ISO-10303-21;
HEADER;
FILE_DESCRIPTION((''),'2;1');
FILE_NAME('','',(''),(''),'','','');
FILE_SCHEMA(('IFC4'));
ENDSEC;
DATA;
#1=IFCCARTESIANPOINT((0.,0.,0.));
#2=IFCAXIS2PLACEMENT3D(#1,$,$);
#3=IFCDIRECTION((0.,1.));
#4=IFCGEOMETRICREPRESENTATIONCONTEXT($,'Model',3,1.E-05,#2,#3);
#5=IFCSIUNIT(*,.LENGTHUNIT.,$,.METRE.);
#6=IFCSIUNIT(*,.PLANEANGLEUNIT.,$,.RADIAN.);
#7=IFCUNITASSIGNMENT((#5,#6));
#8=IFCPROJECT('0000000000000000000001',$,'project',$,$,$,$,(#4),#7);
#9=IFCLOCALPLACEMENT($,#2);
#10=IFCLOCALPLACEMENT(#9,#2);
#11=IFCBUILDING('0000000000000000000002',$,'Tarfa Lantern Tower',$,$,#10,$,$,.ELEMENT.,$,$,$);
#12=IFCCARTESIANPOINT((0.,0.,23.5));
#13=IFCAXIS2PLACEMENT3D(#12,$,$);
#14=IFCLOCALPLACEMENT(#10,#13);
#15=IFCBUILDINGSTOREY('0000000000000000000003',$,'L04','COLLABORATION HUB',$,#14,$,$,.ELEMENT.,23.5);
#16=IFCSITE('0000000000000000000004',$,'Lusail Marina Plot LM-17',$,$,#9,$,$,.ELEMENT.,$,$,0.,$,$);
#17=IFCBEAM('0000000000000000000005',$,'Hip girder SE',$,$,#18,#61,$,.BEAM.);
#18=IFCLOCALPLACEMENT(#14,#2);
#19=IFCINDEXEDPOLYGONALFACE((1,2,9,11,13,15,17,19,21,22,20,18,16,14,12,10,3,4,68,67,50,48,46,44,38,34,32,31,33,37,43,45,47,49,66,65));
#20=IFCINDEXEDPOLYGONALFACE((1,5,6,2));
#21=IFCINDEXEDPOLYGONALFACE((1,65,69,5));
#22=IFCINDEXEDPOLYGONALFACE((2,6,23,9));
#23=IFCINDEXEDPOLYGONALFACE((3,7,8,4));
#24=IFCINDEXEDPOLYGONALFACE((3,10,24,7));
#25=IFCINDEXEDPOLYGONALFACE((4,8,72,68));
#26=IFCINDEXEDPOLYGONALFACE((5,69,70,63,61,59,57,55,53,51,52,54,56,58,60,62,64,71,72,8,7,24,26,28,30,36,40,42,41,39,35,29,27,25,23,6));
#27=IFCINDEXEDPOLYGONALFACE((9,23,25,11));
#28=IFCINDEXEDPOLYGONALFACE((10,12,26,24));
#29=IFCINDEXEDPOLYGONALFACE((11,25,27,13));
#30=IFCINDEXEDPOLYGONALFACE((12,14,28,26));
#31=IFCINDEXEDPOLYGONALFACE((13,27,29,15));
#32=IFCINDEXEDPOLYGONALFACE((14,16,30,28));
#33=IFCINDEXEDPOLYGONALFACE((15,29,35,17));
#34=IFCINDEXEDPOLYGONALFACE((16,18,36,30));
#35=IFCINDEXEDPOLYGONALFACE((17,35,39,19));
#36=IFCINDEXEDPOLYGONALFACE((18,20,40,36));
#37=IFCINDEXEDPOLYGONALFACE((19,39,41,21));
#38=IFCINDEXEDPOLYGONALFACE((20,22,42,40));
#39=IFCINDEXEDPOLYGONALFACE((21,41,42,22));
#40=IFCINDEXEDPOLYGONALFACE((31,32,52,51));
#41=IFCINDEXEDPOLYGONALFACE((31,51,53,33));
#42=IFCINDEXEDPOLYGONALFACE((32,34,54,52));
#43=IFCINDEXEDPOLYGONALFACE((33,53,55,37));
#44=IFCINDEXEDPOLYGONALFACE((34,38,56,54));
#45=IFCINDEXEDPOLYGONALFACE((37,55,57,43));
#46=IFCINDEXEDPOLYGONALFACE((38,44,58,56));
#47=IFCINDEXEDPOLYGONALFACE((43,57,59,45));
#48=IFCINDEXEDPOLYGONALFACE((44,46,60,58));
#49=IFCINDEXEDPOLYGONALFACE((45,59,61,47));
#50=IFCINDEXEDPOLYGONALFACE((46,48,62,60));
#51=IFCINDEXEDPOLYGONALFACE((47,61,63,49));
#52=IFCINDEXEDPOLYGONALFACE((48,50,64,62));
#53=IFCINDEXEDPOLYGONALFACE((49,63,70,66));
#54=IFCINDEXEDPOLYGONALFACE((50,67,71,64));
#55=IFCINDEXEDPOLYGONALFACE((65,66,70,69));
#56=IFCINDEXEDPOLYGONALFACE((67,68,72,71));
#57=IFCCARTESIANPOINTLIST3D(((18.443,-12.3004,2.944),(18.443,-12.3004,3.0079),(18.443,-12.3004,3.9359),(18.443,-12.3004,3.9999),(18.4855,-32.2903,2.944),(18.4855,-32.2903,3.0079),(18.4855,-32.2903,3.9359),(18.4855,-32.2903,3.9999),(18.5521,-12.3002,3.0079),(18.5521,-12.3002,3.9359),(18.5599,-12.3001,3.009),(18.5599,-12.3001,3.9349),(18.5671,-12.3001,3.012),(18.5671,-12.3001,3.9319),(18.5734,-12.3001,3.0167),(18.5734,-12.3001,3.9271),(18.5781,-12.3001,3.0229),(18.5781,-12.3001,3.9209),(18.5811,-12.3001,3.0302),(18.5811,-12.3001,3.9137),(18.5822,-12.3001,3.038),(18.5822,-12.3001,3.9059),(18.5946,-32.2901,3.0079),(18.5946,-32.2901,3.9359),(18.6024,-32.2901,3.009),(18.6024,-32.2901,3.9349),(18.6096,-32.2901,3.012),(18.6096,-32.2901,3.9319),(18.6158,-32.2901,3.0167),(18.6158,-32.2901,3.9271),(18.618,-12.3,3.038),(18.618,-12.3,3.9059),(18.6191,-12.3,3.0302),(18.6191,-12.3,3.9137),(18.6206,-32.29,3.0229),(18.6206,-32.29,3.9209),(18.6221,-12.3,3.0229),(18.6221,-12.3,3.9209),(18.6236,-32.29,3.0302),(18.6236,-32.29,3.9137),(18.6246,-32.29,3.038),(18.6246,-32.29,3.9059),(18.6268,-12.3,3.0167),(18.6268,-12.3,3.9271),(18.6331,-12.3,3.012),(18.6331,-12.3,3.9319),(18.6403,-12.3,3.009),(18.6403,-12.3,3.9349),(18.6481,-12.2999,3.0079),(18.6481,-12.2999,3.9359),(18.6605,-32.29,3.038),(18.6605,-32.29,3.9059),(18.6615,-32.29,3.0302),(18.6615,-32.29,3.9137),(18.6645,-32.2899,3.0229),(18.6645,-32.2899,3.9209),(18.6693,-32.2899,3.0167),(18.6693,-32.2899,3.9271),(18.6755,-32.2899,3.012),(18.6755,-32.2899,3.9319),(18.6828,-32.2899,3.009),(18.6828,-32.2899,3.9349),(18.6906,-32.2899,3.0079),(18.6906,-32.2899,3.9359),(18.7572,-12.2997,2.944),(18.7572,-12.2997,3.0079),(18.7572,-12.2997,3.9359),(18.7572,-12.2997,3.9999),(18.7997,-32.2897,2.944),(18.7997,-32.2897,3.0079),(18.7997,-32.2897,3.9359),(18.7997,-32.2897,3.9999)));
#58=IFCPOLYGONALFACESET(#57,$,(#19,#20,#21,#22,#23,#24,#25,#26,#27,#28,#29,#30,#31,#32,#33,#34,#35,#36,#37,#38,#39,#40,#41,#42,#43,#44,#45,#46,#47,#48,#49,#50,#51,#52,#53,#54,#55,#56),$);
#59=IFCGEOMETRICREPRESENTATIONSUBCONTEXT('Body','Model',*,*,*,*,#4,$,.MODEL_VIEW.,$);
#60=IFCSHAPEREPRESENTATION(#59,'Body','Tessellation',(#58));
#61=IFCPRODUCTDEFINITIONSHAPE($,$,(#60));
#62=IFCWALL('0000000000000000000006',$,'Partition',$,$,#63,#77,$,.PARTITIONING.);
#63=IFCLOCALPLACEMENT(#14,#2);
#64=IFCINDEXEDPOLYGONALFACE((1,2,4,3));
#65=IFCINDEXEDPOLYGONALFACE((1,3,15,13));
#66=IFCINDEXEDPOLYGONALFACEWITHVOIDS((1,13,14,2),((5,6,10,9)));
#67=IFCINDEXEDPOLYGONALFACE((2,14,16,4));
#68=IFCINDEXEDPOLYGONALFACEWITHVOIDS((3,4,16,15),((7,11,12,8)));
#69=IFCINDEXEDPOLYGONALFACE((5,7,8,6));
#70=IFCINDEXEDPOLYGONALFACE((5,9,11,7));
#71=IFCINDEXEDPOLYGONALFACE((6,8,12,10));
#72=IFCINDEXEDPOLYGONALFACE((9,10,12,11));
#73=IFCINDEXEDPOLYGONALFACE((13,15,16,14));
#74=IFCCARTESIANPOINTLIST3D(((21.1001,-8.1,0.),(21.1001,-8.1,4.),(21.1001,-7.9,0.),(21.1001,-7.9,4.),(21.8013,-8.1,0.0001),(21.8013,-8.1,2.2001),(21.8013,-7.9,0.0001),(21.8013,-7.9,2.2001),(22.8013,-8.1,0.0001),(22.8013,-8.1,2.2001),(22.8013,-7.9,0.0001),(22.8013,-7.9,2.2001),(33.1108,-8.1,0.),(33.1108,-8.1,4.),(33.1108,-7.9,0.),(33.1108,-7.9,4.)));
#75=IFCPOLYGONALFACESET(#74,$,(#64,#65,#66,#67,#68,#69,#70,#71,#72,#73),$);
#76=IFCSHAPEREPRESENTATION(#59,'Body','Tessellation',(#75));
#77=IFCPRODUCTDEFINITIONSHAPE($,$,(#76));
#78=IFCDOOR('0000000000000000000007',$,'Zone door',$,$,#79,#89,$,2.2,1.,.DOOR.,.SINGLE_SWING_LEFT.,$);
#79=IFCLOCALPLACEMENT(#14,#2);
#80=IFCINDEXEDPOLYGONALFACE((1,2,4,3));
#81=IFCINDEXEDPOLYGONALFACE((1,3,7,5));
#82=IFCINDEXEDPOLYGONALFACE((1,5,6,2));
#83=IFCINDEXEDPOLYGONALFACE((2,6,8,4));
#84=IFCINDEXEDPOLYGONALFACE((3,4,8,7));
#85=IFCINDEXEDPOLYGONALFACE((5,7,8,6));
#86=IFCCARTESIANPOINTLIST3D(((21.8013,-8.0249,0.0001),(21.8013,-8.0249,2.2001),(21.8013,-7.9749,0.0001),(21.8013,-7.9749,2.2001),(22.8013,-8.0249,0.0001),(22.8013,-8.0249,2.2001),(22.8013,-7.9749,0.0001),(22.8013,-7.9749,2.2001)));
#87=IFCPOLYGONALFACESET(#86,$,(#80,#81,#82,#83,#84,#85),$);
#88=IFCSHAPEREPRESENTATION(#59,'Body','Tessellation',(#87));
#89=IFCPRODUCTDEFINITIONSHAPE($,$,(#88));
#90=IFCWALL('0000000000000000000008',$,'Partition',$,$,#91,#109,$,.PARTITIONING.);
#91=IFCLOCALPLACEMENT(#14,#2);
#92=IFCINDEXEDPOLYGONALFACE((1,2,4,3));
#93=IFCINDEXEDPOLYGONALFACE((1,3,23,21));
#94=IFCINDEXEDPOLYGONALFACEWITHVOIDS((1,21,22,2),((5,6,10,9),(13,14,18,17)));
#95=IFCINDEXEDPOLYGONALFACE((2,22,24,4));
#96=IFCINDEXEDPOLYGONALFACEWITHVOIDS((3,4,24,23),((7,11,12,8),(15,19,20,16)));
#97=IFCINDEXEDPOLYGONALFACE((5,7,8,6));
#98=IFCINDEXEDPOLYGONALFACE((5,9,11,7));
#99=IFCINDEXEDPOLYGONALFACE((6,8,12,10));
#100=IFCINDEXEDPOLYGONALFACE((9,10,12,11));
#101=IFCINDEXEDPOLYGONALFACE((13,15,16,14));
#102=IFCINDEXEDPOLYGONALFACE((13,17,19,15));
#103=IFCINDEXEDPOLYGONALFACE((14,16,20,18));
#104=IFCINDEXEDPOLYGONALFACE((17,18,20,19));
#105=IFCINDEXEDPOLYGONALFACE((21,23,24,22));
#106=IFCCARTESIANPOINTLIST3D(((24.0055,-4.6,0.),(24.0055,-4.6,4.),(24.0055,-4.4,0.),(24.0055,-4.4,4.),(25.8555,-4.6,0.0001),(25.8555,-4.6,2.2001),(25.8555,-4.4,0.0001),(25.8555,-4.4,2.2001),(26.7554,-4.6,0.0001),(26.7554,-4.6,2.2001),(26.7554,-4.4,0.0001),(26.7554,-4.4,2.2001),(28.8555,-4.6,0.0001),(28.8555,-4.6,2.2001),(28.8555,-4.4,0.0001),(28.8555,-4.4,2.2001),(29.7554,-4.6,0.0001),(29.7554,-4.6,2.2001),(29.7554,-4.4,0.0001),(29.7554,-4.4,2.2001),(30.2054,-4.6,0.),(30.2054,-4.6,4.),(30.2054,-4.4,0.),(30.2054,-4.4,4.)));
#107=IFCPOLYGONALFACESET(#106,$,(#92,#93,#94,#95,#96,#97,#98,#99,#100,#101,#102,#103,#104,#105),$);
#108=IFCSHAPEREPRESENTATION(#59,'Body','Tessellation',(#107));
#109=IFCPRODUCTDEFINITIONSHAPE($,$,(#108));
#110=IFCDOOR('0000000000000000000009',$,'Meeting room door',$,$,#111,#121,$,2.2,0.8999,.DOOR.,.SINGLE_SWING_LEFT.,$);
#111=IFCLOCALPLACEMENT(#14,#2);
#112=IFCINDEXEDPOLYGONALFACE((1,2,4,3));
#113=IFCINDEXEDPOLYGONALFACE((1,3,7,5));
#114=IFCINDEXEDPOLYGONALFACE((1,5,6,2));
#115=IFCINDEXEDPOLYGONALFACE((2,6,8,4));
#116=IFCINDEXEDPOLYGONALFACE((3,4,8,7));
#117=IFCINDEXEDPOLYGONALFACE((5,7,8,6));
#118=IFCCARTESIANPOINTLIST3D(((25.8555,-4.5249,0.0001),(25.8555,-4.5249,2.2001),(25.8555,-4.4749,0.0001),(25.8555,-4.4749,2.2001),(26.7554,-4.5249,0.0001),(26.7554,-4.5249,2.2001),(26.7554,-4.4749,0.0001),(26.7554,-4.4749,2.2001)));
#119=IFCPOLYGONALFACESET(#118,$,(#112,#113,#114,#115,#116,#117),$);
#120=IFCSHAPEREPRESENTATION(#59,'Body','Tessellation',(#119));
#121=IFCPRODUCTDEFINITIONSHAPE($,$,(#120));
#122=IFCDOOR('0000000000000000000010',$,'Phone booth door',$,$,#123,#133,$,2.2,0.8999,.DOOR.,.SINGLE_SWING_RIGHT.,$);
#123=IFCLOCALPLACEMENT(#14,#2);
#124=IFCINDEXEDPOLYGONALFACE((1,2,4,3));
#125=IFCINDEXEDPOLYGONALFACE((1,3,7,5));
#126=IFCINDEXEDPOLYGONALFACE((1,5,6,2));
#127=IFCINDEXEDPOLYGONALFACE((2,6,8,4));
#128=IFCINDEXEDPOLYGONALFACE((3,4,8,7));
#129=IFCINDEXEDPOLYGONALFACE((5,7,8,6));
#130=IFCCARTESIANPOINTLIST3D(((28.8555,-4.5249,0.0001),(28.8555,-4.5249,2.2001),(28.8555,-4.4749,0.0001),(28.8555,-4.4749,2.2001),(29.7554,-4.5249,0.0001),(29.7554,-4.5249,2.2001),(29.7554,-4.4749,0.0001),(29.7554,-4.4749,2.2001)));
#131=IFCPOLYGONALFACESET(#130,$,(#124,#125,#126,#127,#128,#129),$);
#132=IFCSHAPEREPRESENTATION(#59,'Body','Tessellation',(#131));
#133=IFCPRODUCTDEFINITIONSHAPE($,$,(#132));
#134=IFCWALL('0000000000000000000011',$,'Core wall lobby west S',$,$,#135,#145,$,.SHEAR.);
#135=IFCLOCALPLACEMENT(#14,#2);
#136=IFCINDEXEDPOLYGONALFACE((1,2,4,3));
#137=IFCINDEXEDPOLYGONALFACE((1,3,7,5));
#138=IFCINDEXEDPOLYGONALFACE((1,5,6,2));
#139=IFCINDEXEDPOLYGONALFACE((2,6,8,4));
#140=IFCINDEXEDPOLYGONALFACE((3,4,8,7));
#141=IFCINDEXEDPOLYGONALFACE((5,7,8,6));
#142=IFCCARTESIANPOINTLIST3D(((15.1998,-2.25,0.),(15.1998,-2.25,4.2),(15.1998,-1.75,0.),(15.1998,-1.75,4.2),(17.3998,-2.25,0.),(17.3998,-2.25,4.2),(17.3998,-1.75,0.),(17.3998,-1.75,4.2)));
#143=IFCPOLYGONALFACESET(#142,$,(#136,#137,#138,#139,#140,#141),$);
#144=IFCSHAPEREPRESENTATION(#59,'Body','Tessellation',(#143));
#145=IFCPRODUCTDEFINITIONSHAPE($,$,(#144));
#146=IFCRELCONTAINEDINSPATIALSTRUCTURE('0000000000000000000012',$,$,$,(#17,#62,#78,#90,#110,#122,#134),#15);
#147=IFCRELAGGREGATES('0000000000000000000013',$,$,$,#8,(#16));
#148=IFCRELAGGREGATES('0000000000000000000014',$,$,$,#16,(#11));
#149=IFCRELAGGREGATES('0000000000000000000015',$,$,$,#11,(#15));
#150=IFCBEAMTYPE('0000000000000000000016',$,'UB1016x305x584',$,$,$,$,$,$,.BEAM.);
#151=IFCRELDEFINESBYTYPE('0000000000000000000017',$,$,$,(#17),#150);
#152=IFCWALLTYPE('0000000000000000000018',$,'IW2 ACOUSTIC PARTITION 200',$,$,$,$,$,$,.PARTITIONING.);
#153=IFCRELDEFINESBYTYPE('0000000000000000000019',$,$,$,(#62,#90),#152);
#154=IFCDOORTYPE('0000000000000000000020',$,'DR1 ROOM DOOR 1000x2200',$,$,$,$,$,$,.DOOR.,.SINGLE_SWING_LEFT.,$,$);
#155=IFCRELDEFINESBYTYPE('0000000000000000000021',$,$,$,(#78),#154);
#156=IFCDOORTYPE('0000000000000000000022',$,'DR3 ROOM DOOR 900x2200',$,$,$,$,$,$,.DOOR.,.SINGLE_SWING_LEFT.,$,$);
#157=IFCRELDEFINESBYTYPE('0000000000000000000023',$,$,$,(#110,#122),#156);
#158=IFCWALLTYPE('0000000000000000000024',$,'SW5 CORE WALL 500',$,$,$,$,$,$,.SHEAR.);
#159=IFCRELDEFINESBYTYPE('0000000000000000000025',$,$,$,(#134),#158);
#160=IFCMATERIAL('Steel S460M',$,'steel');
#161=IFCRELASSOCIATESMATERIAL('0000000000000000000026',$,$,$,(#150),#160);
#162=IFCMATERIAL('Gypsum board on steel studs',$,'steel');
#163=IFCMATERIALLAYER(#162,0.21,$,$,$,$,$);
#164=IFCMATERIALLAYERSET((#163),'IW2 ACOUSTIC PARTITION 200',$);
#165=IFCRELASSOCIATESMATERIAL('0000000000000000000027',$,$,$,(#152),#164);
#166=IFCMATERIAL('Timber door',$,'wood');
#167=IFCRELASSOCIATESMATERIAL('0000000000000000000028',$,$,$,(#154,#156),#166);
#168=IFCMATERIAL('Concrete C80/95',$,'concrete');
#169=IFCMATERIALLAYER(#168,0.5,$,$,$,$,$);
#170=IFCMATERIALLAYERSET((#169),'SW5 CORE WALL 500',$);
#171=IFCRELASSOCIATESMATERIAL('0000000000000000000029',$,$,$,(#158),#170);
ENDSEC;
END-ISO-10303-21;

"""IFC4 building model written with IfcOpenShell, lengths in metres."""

from ifc_helpers import new_model, si_unit, direction, frame, frame_2d, origin, origin_2d, place, context, subcontext, project, spatial, rectangle, i_section, extrude, material, layer, layer_set, material_profile, profile_set, type_object, element, fill, save


model = new_model("IFC4")

# Units and contexts
model_context = context("Model", 3, precision=1e-05, world=origin(), true_north=direction((0.0, 1.0)))
body_context = subcontext(model_context, "Body", "Model", "MODEL_VIEW")
ifc_project = project(units=[si_unit("LENGTHUNIT", "METRE"), si_unit("PLANEANGLEUNIT", "RADIAN")], contexts=[model_context])

# Site, building, storey
site_placement = place(None, origin())
site = spatial("IfcSite", under=ifc_project, at=site_placement, Name="Lusail Marina Plot LM-17", CompositionType="ELEMENT", RefElevation=0.0)
building_placement = place(site_placement, origin())
building = spatial("IfcBuilding", under=site, at=building_placement, Name="Tarfa Lantern Tower", CompositionType="ELEMENT")
storey_placement = place(building_placement, frame((0.0, 0.0, 23.5)))
storey = spatial("IfcBuildingStorey", under=building, at=storey_placement, Name="L04", Description="COLLABORATION HUB", CompositionType="ELEMENT", Elevation=23.5)

# Beam
ifc_material_1 = material(Name="Steel S460M", Category="steel")
ifc_material_profile = material_profile(ifc_material_1, i_section(OverallWidth=0.3142, OverallDepth=1.0559, WebThickness=0.0359, FlangeThickness=0.064, FilletRadius=0.03, at=origin_2d()), Name="UB1016x305x584")
ifc_profile_set = profile_set([ifc_material_profile], Name="Steel S460M")
beam_type = type_object("IfcBeamType", Name="UB1016x305x584", PredefinedType="BEAM", material=ifc_profile_set)
beam_placement = place(storey_placement, frame((18.6001, -12.3, 3.4719), z_axis=(0.002125, -0.999998, 0.0), x_axis=(0.999998, 0.002125, 0.0)))
element("IfcBeam", 1, at=beam_placement, inside=storey, type_object=beam_type, Name="Hip girder SE", PredefinedType="BEAM", context=body_context, shape_type="SweptSolid", body=[
    extrude(i_section(OverallWidth=0.3142, OverallDepth=1.0559, WebThickness=0.0359, FlangeThickness=0.064, FilletRadius=0.03, at=origin_2d()), origin(), (0.0, 0.0, 1.0), 19.99),
])

# Wall, opening, door
ifc_material_2 = material(Name="Gypsum board on steel studs", Category="steel")
ifc_layer_1 = layer(ifc_material_2, 0.21)
ifc_layer_set_1 = layer_set([ifc_layer_1], Name="IW2 ACOUSTIC PARTITION 200")
wall_type_1 = type_object("IfcWallType", Name="IW2 ACOUSTIC PARTITION 200", PredefinedType="PARTITIONING", material=ifc_layer_set_1)
wall_1_placement = place(storey_placement, frame((21.1001, -8.0, 0.0), z_axis=(0.0, 0.0, 1.0), x_axis=(1.0, 0.0, 0.0)))
wall_1 = element("IfcWall", 2, at=wall_1_placement, inside=storey, type_object=wall_type_1, Name="Partition", PredefinedType="PARTITIONING", context=body_context, shape_type="SweptSolid", body=[
    extrude(rectangle(XDim=12.0107, YDim=0.2, at=frame_2d((6.0054, 0.0))), origin(), (0.0, 0.0, 1.0), 4.0),
])
opening_1_placement = place(wall_1_placement, frame((0.7012, 0.0, 0.0)))
opening_1 = element("IfcOpeningElement", 3, at=opening_1_placement, cuts=wall_1, PredefinedType="OPENING", context=body_context, shape_type="SweptSolid", body=[
    extrude(rectangle(XDim=1.0, YDim=2.2, at=frame_2d((0.5, 1.1001))), frame((0.0, 0.1099, 0.0), z_axis=(0.0, -1.0, 0.0), x_axis=(1.0, 0.0, 0.0)), (0.0, 0.0, 1.0), 0.22),
])
ifc_material_3 = material(Name="Timber door", Category="wood")
door_type_1 = type_object("IfcDoorType", Name="DR1 ROOM DOOR 1000x2200", OperationType="SINGLE_SWING_LEFT", PredefinedType="DOOR", material=ifc_material_3)
door_1_placement = place(opening_1_placement, frame((1.0, 0.0, 0.0), z_axis=(0.0, 0.0, 1.0), x_axis=(-1.0, 0.0, 0.0)))
door_1 = element("IfcDoor", 4, at=door_1_placement, inside=storey, type_object=door_type_1, Name="Zone door", OperationType="SINGLE_SWING_LEFT", OverallHeight=2.2, OverallWidth=1.0, PredefinedType="DOOR", context=body_context, shape_type="SweptSolid", body=[
    extrude(rectangle(XDim=1.0, YDim=2.2, at=frame_2d((0.5, 1.1001))), frame((0.0, 0.0249, 0.0), z_axis=(0.0, -1.0, 0.0), x_axis=(1.0, 0.0, 0.0)), (0.0, 0.0, 1.0), 0.05),
])
fill(opening_1, door_1)

# Wall, openings, doors
wall_2_placement = place(storey_placement, frame((24.0054, -4.5, 0.0), z_axis=(0.0, 0.0, 1.0), x_axis=(1.0, 0.0, 0.0)))
wall_2 = element("IfcWall", 5, at=wall_2_placement, inside=storey, type_object=wall_type_1, Name="Partition", PredefinedType="PARTITIONING", context=body_context, shape_type="SweptSolid", body=[
    extrude(rectangle(XDim=6.2, YDim=0.2, at=frame_2d((3.1001, 0.0))), origin(), (0.0, 0.0, 1.0), 4.0),
])
opening_2_placement = place(wall_2_placement, frame((1.8501, 0.0, 0.0)))
opening_2 = element("IfcOpeningElement", 6, at=opening_2_placement, cuts=wall_2, PredefinedType="OPENING", context=body_context, shape_type="SweptSolid", body=[
    extrude(rectangle(XDim=0.8999, YDim=2.2, at=frame_2d((0.45, 1.1001))), frame((0.0, 0.1099, 0.0), z_axis=(0.0, -1.0, 0.0), x_axis=(1.0, 0.0, 0.0)), (0.0, 0.0, 1.0), 0.22),
])
opening_3_placement = place(wall_2_placement, frame((4.8501, 0.0, 0.0)))
opening_3 = element("IfcOpeningElement", 7, at=opening_3_placement, cuts=wall_2, PredefinedType="OPENING", context=body_context, shape_type="SweptSolid", body=[
    extrude(rectangle(XDim=0.8999, YDim=2.2, at=frame_2d((0.45, 1.1001))), frame((0.0, 0.1099, 0.0), z_axis=(0.0, -1.0, 0.0), x_axis=(1.0, 0.0, 0.0)), (0.0, 0.0, 1.0), 0.22),
])
door_type_2 = type_object("IfcDoorType", Name="DR3 ROOM DOOR 900x2200", OperationType="SINGLE_SWING_LEFT", PredefinedType="DOOR", material=ifc_material_3)
door_2_placement = place(opening_2_placement, frame((0.8999, 0.0, 0.0), z_axis=(0.0, 0.0, 1.0), x_axis=(-1.0, 0.0, 0.0)))
door_2 = element("IfcDoor", 8, at=door_2_placement, inside=storey, type_object=door_type_2, Name="Meeting room door", OperationType="SINGLE_SWING_LEFT", OverallHeight=2.2, OverallWidth=0.8999, PredefinedType="DOOR", context=body_context, shape_type="SweptSolid", body=[
    extrude(rectangle(XDim=0.8999, YDim=2.2, at=frame_2d((0.45, 1.1001))), frame((0.0, 0.0249, 0.0), z_axis=(0.0, -1.0, 0.0), x_axis=(1.0, 0.0, 0.0)), (0.0, 0.0, 1.0), 0.05),
])
fill(opening_2, door_2)
door_3_placement = place(opening_3_placement, frame((0.8999, 0.0, 0.0), z_axis=(0.0, 0.0, 1.0), x_axis=(-1.0, 0.0, 0.0)))
door_3 = element("IfcDoor", 9, at=door_3_placement, inside=storey, type_object=door_type_2, Name="Phone booth door", OperationType="SINGLE_SWING_RIGHT", OverallHeight=2.2, OverallWidth=0.8999, PredefinedType="DOOR", context=body_context, shape_type="SweptSolid", body=[
    extrude(rectangle(XDim=0.8999, YDim=2.2, at=frame_2d((0.45, 1.1001))), frame((0.0, 0.0249, 0.0), z_axis=(0.0, -1.0, 0.0), x_axis=(1.0, 0.0, 0.0)), (0.0, 0.0, 1.0), 0.05),
])
fill(opening_3, door_3)

# Shared definitions
ifc_material_4 = material(Name="Concrete C80/95", Category="concrete")

# Wall
ifc_layer_2 = layer(ifc_material_4, 0.5)
ifc_layer_set_2 = layer_set([ifc_layer_2], Name="SW5 CORE WALL 500")
wall_type_2 = type_object("IfcWallType", Name="SW5 CORE WALL 500", PredefinedType="SHEAR", material=ifc_layer_set_2)
wall_3_placement = place(storey_placement, frame((17.3999, -2.0, 0.0), z_axis=(0.0, 0.0, 1.0), x_axis=(-1.0, 0.0, 0.0)))
element("IfcWall", 10, at=wall_3_placement, inside=storey, type_object=wall_type_2, Name="Core wall lobby west S", PredefinedType="SHEAR", context=body_context, shape_type="SweptSolid", body=[
    extrude(rectangle(XDim=2.2, YDim=0.5, at=frame_2d((1.1001, 0.0))), origin(), (0.0, 0.0, 1.0), 4.2),
])

save(model, "model.ifc")
